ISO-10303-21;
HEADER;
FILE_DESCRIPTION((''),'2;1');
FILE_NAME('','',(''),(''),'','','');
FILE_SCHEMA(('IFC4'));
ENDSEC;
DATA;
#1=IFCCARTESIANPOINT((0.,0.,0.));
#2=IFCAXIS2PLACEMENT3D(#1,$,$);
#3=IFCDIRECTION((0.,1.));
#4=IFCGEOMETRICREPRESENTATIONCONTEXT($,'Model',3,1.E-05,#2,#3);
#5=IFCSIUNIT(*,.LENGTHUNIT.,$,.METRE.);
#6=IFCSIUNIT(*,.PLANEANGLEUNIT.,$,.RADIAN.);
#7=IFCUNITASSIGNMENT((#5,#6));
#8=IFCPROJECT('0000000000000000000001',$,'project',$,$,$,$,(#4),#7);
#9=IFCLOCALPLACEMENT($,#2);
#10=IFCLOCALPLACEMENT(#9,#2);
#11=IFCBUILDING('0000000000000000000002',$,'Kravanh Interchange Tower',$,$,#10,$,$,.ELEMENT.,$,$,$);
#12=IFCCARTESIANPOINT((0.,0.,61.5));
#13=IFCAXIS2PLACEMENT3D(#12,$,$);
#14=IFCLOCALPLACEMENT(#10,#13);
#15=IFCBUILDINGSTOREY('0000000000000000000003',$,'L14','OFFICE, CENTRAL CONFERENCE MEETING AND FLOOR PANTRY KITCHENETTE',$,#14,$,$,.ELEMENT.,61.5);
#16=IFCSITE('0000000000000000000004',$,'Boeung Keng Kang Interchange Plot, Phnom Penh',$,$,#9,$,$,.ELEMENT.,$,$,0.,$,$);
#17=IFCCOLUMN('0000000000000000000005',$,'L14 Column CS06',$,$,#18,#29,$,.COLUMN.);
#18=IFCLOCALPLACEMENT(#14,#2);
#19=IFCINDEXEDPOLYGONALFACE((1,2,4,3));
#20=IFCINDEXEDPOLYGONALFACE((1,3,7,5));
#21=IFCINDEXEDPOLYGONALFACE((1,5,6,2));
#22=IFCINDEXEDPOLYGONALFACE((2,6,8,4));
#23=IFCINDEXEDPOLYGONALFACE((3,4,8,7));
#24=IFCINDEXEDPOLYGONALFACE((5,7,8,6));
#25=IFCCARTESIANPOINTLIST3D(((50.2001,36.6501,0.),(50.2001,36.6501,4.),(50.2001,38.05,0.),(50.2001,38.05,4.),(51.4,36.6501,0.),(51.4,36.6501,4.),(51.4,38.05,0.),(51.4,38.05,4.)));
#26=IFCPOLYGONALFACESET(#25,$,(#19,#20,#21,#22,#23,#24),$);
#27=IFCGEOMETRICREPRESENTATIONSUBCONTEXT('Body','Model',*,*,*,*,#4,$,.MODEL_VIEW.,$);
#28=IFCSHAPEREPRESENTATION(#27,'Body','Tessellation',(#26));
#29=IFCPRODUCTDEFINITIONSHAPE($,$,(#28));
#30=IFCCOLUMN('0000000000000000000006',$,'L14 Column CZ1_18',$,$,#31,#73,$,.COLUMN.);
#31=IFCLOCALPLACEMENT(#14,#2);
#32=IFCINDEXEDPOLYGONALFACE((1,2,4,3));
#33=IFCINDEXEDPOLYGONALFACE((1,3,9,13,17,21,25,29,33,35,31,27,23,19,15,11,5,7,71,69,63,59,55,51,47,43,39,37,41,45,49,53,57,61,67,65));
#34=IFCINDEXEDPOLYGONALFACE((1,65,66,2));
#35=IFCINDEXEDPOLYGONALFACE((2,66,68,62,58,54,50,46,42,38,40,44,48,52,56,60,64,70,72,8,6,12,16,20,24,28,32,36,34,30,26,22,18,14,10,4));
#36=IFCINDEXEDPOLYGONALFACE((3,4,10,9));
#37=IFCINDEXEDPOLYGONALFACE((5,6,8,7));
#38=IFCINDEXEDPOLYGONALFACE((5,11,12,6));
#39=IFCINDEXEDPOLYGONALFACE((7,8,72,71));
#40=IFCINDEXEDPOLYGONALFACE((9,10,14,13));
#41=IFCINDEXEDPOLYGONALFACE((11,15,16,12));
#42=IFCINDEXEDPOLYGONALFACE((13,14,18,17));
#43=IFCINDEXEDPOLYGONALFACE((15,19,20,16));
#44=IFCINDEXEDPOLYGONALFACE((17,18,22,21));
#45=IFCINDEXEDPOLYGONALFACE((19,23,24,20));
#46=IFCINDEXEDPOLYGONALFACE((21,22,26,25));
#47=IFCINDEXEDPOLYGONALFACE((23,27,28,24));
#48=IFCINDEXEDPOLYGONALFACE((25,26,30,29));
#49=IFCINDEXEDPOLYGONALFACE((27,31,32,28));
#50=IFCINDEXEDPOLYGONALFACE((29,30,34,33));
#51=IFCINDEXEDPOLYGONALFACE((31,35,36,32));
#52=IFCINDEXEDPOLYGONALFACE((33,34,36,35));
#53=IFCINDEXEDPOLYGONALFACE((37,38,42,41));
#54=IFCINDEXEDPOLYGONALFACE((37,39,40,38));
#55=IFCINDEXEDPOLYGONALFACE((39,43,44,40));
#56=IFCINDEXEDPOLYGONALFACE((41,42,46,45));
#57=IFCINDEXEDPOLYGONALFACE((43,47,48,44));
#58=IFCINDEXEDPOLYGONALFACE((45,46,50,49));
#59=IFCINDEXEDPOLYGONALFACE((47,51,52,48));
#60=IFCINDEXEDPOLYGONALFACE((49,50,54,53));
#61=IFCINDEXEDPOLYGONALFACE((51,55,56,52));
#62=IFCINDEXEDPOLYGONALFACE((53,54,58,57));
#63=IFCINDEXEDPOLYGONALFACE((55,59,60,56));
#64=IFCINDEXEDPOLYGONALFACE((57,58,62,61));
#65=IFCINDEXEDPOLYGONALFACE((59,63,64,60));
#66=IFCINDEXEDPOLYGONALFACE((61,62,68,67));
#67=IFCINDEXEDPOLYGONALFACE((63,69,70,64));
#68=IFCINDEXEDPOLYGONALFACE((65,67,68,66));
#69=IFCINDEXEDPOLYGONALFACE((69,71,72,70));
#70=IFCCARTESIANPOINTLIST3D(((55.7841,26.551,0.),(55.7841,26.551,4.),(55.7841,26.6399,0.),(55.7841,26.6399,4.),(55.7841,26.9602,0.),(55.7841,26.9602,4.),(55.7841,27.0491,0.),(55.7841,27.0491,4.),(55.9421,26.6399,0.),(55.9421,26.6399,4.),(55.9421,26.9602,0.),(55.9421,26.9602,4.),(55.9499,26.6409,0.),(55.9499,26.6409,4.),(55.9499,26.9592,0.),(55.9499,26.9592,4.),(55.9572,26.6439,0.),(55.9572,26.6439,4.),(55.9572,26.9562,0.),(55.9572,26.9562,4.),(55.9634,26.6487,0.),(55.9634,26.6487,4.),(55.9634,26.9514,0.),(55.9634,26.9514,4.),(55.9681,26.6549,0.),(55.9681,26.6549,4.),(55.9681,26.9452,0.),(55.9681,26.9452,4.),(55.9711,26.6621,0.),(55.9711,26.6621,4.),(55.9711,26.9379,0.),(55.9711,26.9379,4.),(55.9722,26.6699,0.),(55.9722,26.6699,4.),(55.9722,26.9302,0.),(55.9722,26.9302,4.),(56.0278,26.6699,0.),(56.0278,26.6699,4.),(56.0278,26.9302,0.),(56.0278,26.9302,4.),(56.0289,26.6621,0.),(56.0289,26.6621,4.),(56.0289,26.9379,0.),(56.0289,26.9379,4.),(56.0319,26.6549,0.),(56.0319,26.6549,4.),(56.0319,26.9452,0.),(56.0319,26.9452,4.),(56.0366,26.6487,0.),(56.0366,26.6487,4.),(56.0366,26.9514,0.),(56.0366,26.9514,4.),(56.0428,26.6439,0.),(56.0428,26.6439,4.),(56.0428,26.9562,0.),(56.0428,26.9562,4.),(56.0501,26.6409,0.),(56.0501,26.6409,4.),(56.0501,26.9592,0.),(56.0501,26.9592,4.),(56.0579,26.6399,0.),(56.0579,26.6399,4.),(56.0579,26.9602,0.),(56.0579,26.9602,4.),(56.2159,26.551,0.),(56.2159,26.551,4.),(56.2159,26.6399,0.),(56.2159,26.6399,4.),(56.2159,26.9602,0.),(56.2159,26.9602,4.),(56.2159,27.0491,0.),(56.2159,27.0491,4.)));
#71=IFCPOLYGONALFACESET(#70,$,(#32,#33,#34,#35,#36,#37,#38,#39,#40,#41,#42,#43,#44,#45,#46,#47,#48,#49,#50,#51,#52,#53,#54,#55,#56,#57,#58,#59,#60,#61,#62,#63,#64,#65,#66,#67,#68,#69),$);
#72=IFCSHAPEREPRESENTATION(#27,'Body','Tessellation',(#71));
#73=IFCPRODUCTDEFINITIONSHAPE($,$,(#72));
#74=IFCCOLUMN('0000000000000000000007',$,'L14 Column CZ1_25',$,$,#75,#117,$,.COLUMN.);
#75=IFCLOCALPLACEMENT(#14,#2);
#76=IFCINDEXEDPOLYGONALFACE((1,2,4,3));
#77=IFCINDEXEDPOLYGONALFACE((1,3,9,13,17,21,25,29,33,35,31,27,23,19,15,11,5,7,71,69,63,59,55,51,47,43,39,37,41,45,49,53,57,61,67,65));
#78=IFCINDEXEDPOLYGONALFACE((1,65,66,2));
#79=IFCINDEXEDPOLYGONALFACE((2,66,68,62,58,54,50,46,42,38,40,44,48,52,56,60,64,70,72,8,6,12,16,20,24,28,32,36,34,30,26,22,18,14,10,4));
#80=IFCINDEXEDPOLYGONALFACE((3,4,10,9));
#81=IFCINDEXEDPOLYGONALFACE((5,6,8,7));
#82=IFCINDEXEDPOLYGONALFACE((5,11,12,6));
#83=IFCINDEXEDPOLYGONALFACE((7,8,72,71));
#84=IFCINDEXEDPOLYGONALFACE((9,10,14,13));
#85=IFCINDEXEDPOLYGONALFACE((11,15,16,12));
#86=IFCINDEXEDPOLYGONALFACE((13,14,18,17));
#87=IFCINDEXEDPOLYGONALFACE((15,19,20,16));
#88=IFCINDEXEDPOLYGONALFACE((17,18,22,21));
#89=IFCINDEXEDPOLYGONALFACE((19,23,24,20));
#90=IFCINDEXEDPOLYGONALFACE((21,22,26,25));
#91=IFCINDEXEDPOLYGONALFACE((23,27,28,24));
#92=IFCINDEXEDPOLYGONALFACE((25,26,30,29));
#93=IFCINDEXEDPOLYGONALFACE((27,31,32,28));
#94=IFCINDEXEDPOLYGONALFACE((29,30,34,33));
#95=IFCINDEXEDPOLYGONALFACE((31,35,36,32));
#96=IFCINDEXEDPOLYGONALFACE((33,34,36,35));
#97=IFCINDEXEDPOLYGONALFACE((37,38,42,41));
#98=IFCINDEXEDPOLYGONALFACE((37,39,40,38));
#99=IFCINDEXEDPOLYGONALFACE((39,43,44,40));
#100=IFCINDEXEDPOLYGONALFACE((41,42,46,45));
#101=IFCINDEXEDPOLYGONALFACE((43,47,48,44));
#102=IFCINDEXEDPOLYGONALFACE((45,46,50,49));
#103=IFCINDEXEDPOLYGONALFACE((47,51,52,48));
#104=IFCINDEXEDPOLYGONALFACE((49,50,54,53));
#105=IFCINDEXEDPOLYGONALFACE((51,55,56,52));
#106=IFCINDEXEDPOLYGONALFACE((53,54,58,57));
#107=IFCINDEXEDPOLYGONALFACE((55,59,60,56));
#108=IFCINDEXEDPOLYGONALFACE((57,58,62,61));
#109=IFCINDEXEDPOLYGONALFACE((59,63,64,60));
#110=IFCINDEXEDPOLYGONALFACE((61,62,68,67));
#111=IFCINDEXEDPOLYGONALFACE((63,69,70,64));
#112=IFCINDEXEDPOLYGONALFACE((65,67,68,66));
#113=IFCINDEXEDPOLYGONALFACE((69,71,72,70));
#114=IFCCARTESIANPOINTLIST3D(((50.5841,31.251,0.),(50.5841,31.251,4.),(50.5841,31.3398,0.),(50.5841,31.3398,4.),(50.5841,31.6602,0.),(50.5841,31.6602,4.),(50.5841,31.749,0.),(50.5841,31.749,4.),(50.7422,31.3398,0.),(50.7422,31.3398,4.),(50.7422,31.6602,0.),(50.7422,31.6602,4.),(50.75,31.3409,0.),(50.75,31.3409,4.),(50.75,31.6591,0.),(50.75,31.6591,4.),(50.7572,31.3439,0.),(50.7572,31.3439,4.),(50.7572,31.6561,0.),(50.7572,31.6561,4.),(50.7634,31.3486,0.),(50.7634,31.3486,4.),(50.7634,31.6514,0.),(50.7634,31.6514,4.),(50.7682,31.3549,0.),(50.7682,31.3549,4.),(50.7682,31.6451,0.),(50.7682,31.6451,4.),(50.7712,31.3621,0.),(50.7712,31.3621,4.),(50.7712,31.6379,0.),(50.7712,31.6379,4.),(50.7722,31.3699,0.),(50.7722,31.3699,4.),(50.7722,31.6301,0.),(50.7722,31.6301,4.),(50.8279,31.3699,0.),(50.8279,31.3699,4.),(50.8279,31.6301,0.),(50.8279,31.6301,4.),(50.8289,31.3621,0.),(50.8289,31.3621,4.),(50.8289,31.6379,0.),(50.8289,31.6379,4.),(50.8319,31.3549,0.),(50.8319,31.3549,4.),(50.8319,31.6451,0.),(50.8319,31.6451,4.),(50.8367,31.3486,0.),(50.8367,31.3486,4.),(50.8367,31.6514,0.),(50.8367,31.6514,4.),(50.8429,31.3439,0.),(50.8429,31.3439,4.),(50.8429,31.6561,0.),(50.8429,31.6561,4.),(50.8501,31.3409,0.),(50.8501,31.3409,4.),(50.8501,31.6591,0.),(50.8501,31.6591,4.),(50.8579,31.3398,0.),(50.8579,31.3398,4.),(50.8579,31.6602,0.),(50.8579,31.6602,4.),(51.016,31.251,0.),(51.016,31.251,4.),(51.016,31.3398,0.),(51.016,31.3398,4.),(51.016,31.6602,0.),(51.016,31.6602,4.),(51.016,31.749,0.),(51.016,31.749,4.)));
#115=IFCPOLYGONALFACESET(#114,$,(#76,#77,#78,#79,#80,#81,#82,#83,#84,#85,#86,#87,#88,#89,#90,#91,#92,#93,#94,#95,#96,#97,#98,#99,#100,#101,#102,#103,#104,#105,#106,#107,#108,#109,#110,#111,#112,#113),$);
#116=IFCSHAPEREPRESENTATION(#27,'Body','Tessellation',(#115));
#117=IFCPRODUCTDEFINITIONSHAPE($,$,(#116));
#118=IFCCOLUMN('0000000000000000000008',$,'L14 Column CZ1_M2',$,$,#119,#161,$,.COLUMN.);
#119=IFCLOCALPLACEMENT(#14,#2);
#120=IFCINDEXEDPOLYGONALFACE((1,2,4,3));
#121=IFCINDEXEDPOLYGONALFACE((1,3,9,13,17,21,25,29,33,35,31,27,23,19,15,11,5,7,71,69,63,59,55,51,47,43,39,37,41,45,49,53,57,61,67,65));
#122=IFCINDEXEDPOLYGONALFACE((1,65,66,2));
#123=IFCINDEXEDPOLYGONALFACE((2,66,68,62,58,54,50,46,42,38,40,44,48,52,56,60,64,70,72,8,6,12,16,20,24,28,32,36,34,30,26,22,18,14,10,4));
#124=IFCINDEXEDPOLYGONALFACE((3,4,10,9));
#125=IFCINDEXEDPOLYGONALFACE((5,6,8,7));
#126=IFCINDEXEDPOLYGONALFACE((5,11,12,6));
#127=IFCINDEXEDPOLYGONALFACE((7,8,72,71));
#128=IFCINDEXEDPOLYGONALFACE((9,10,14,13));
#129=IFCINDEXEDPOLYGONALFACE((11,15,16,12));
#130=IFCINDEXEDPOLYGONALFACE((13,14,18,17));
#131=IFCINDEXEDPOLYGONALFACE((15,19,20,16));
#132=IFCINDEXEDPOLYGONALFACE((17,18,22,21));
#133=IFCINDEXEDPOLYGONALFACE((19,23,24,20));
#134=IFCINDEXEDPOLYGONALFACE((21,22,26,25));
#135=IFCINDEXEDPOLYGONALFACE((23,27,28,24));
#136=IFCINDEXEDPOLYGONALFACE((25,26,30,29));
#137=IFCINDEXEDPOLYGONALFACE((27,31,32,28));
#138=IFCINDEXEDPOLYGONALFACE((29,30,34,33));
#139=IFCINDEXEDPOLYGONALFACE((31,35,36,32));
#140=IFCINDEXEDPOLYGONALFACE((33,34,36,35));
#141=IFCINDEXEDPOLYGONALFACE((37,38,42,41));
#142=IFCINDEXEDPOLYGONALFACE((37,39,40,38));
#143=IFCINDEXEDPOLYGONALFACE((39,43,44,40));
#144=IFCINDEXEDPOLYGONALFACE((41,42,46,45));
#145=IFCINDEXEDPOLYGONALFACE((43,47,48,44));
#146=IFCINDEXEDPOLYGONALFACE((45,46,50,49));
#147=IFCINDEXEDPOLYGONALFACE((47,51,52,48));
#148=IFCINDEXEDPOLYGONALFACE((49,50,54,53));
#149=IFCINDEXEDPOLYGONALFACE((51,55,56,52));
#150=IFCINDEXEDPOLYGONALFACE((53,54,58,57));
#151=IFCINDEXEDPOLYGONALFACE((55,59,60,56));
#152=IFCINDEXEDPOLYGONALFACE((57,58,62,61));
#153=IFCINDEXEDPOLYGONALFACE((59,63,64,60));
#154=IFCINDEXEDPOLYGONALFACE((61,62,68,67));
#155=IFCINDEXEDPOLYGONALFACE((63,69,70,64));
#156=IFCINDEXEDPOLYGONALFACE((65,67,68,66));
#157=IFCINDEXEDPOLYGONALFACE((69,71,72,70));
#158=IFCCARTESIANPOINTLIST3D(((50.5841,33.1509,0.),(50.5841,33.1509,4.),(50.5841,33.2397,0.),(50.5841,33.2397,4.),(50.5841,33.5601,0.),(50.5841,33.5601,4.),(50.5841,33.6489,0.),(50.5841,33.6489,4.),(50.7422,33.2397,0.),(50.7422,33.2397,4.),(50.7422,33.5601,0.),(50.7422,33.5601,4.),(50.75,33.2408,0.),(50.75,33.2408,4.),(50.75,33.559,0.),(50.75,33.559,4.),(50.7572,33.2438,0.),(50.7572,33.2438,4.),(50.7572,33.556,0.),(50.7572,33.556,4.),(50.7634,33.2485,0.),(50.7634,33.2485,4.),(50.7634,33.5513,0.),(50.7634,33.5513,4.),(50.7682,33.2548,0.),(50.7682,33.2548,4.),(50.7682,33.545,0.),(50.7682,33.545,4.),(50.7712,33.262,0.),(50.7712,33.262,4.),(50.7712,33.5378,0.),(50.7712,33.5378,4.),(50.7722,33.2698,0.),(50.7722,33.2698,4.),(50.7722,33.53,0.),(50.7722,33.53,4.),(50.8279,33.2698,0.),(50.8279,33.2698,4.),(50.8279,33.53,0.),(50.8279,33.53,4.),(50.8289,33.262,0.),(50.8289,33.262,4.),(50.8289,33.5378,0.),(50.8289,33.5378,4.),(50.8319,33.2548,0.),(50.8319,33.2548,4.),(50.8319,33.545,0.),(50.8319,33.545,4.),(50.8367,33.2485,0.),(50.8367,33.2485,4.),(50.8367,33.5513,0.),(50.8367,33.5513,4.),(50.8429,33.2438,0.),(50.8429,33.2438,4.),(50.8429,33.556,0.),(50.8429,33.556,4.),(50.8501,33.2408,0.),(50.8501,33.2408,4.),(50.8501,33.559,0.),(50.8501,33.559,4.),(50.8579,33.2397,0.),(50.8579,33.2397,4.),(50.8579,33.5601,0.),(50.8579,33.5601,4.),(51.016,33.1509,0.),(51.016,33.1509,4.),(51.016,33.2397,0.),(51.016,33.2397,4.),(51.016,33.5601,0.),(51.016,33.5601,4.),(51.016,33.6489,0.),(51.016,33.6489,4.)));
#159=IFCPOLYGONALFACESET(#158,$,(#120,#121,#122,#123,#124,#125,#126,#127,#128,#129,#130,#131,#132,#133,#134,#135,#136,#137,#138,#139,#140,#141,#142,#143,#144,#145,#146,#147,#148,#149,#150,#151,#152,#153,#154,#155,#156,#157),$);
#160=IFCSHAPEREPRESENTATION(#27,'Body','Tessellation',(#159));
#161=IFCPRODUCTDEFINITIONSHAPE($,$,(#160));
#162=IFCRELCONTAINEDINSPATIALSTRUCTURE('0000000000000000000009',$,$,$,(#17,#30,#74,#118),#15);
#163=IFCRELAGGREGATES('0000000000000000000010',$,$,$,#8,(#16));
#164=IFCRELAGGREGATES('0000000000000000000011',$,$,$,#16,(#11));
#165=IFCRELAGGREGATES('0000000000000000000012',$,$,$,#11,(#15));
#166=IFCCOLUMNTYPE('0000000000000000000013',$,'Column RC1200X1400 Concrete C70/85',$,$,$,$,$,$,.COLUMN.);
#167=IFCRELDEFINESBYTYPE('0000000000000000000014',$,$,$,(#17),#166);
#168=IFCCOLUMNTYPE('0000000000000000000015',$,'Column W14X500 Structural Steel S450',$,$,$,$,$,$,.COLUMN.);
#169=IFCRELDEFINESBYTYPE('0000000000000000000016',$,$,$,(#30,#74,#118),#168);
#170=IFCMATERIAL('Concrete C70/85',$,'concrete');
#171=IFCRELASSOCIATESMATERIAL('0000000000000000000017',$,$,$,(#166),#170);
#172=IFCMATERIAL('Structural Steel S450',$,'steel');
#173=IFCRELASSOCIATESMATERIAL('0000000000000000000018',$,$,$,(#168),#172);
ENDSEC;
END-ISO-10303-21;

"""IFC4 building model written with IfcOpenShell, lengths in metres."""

from ifc_helpers import new_model, si_unit, direction, frame, origin, origin_2d, place, context, subcontext, project, spatial, rectangle, i_section, extrude, material, material_profile, profile_set, type_object, element, save


model = new_model("IFC4")

# Units and contexts
model_context = context("Model", 3, precision=1e-05, world=origin(), true_north=direction((0.0, 1.0)))
body_context = subcontext(model_context, "Body", "Model", "MODEL_VIEW")
ifc_project = project(units=[si_unit("LENGTHUNIT", "METRE"), si_unit("PLANEANGLEUNIT", "RADIAN")], contexts=[model_context])

# Site, building, storey
site_placement = place(None, origin())
site = spatial("IfcSite", under=ifc_project, at=site_placement, Name="Boeung Keng Kang Interchange Plot, Phnom Penh", CompositionType="ELEMENT", RefElevation=0.0)
building_placement = place(site_placement, origin())
building = spatial("IfcBuilding", under=site, at=building_placement, Name="Kravanh Interchange Tower", CompositionType="ELEMENT")
storey_placement = place(building_placement, frame((0.0, 0.0, 61.5)))
storey = spatial("IfcBuildingStorey", under=building, at=storey_placement, Name="L14", Description="OFFICE, CENTRAL CONFERENCE MEETING AND FLOOR PANTRY KITCHENETTE", CompositionType="ELEMENT", Elevation=61.5)

# Columns
ifc_material_1 = material(Name="Concrete C70/85", Category="concrete")
ifc_material_profile_1 = material_profile(ifc_material_1, rectangle(XDim=1.2, YDim=1.3999, at=origin_2d()), Name="RC1200X1400")
ifc_profile_set_1 = profile_set([ifc_material_profile_1], Name="Concrete C70/85")
column_type_1 = type_object("IfcColumnType", Name="Column RC1200X1400 Concrete C70/85", PredefinedType="COLUMN", material=ifc_profile_set_1)
column_placement = place(storey_placement, frame((50.8, 37.3501, 0.0), z_axis=(0.0, 0.0, 1.0), x_axis=(1.0, 0.0, 0.0)))
element("IfcColumn", 1, at=column_placement, inside=storey, type_object=column_type_1, Name="L14 Column CS06", PredefinedType="COLUMN", context=body_context, shape_type="SweptSolid", body=[
    extrude(rectangle(XDim=1.2, YDim=1.3999, at=origin_2d()), origin(), (0.0, 0.0, 1.0), 4.0),
])
ifc_material_2 = material(Name="Structural Steel S450", Category="steel")
ifc_material_profile_2 = material_profile(ifc_material_2, i_section(OverallWidth=0.4319, OverallDepth=0.498, WebThickness=0.0557, FlangeThickness=0.0889, FilletRadius=0.03, at=origin_2d()), Name="W14X500")
ifc_profile_set_2 = profile_set([ifc_material_profile_2], Name="Structural Steel S450")
column_type_2 = type_object("IfcColumnType", Name="Column W14X500 Structural Steel S450", PredefinedType="COLUMN", material=ifc_profile_set_2)
for number, where, z_axis, x_axis, name in (
    (2, (56.0, 26.8, 0.0), (0.0, 0.0, 1.0), (1.0, 0.0, 0.0), "L14 Column CZ1_18"),
    (3, (50.8, 31.5, 0.0), (0.0, 0.0, 1.0), (1.0, 0.0, 0.0), "L14 Column CZ1_25"),
    (4, (50.8, 33.3999, 0.0), (0.0, 0.0, 1.0), (1.0, 0.0, 0.0), "L14 Column CZ1_M2"),
):
    element("IfcColumn", number, at=place(storey_placement, frame(where, z_axis=z_axis, x_axis=x_axis)), inside=storey, type_object=column_type_2, Name=name, PredefinedType="COLUMN", context=body_context, shape_type="SweptSolid", body=[
        extrude(i_section(OverallWidth=0.4319, OverallDepth=0.498, WebThickness=0.0557, FlangeThickness=0.0889, FilletRadius=0.03, at=origin_2d()), origin(), (0.0, 0.0, 1.0), 4.0),
    ])

save(model, "model.ifc")
